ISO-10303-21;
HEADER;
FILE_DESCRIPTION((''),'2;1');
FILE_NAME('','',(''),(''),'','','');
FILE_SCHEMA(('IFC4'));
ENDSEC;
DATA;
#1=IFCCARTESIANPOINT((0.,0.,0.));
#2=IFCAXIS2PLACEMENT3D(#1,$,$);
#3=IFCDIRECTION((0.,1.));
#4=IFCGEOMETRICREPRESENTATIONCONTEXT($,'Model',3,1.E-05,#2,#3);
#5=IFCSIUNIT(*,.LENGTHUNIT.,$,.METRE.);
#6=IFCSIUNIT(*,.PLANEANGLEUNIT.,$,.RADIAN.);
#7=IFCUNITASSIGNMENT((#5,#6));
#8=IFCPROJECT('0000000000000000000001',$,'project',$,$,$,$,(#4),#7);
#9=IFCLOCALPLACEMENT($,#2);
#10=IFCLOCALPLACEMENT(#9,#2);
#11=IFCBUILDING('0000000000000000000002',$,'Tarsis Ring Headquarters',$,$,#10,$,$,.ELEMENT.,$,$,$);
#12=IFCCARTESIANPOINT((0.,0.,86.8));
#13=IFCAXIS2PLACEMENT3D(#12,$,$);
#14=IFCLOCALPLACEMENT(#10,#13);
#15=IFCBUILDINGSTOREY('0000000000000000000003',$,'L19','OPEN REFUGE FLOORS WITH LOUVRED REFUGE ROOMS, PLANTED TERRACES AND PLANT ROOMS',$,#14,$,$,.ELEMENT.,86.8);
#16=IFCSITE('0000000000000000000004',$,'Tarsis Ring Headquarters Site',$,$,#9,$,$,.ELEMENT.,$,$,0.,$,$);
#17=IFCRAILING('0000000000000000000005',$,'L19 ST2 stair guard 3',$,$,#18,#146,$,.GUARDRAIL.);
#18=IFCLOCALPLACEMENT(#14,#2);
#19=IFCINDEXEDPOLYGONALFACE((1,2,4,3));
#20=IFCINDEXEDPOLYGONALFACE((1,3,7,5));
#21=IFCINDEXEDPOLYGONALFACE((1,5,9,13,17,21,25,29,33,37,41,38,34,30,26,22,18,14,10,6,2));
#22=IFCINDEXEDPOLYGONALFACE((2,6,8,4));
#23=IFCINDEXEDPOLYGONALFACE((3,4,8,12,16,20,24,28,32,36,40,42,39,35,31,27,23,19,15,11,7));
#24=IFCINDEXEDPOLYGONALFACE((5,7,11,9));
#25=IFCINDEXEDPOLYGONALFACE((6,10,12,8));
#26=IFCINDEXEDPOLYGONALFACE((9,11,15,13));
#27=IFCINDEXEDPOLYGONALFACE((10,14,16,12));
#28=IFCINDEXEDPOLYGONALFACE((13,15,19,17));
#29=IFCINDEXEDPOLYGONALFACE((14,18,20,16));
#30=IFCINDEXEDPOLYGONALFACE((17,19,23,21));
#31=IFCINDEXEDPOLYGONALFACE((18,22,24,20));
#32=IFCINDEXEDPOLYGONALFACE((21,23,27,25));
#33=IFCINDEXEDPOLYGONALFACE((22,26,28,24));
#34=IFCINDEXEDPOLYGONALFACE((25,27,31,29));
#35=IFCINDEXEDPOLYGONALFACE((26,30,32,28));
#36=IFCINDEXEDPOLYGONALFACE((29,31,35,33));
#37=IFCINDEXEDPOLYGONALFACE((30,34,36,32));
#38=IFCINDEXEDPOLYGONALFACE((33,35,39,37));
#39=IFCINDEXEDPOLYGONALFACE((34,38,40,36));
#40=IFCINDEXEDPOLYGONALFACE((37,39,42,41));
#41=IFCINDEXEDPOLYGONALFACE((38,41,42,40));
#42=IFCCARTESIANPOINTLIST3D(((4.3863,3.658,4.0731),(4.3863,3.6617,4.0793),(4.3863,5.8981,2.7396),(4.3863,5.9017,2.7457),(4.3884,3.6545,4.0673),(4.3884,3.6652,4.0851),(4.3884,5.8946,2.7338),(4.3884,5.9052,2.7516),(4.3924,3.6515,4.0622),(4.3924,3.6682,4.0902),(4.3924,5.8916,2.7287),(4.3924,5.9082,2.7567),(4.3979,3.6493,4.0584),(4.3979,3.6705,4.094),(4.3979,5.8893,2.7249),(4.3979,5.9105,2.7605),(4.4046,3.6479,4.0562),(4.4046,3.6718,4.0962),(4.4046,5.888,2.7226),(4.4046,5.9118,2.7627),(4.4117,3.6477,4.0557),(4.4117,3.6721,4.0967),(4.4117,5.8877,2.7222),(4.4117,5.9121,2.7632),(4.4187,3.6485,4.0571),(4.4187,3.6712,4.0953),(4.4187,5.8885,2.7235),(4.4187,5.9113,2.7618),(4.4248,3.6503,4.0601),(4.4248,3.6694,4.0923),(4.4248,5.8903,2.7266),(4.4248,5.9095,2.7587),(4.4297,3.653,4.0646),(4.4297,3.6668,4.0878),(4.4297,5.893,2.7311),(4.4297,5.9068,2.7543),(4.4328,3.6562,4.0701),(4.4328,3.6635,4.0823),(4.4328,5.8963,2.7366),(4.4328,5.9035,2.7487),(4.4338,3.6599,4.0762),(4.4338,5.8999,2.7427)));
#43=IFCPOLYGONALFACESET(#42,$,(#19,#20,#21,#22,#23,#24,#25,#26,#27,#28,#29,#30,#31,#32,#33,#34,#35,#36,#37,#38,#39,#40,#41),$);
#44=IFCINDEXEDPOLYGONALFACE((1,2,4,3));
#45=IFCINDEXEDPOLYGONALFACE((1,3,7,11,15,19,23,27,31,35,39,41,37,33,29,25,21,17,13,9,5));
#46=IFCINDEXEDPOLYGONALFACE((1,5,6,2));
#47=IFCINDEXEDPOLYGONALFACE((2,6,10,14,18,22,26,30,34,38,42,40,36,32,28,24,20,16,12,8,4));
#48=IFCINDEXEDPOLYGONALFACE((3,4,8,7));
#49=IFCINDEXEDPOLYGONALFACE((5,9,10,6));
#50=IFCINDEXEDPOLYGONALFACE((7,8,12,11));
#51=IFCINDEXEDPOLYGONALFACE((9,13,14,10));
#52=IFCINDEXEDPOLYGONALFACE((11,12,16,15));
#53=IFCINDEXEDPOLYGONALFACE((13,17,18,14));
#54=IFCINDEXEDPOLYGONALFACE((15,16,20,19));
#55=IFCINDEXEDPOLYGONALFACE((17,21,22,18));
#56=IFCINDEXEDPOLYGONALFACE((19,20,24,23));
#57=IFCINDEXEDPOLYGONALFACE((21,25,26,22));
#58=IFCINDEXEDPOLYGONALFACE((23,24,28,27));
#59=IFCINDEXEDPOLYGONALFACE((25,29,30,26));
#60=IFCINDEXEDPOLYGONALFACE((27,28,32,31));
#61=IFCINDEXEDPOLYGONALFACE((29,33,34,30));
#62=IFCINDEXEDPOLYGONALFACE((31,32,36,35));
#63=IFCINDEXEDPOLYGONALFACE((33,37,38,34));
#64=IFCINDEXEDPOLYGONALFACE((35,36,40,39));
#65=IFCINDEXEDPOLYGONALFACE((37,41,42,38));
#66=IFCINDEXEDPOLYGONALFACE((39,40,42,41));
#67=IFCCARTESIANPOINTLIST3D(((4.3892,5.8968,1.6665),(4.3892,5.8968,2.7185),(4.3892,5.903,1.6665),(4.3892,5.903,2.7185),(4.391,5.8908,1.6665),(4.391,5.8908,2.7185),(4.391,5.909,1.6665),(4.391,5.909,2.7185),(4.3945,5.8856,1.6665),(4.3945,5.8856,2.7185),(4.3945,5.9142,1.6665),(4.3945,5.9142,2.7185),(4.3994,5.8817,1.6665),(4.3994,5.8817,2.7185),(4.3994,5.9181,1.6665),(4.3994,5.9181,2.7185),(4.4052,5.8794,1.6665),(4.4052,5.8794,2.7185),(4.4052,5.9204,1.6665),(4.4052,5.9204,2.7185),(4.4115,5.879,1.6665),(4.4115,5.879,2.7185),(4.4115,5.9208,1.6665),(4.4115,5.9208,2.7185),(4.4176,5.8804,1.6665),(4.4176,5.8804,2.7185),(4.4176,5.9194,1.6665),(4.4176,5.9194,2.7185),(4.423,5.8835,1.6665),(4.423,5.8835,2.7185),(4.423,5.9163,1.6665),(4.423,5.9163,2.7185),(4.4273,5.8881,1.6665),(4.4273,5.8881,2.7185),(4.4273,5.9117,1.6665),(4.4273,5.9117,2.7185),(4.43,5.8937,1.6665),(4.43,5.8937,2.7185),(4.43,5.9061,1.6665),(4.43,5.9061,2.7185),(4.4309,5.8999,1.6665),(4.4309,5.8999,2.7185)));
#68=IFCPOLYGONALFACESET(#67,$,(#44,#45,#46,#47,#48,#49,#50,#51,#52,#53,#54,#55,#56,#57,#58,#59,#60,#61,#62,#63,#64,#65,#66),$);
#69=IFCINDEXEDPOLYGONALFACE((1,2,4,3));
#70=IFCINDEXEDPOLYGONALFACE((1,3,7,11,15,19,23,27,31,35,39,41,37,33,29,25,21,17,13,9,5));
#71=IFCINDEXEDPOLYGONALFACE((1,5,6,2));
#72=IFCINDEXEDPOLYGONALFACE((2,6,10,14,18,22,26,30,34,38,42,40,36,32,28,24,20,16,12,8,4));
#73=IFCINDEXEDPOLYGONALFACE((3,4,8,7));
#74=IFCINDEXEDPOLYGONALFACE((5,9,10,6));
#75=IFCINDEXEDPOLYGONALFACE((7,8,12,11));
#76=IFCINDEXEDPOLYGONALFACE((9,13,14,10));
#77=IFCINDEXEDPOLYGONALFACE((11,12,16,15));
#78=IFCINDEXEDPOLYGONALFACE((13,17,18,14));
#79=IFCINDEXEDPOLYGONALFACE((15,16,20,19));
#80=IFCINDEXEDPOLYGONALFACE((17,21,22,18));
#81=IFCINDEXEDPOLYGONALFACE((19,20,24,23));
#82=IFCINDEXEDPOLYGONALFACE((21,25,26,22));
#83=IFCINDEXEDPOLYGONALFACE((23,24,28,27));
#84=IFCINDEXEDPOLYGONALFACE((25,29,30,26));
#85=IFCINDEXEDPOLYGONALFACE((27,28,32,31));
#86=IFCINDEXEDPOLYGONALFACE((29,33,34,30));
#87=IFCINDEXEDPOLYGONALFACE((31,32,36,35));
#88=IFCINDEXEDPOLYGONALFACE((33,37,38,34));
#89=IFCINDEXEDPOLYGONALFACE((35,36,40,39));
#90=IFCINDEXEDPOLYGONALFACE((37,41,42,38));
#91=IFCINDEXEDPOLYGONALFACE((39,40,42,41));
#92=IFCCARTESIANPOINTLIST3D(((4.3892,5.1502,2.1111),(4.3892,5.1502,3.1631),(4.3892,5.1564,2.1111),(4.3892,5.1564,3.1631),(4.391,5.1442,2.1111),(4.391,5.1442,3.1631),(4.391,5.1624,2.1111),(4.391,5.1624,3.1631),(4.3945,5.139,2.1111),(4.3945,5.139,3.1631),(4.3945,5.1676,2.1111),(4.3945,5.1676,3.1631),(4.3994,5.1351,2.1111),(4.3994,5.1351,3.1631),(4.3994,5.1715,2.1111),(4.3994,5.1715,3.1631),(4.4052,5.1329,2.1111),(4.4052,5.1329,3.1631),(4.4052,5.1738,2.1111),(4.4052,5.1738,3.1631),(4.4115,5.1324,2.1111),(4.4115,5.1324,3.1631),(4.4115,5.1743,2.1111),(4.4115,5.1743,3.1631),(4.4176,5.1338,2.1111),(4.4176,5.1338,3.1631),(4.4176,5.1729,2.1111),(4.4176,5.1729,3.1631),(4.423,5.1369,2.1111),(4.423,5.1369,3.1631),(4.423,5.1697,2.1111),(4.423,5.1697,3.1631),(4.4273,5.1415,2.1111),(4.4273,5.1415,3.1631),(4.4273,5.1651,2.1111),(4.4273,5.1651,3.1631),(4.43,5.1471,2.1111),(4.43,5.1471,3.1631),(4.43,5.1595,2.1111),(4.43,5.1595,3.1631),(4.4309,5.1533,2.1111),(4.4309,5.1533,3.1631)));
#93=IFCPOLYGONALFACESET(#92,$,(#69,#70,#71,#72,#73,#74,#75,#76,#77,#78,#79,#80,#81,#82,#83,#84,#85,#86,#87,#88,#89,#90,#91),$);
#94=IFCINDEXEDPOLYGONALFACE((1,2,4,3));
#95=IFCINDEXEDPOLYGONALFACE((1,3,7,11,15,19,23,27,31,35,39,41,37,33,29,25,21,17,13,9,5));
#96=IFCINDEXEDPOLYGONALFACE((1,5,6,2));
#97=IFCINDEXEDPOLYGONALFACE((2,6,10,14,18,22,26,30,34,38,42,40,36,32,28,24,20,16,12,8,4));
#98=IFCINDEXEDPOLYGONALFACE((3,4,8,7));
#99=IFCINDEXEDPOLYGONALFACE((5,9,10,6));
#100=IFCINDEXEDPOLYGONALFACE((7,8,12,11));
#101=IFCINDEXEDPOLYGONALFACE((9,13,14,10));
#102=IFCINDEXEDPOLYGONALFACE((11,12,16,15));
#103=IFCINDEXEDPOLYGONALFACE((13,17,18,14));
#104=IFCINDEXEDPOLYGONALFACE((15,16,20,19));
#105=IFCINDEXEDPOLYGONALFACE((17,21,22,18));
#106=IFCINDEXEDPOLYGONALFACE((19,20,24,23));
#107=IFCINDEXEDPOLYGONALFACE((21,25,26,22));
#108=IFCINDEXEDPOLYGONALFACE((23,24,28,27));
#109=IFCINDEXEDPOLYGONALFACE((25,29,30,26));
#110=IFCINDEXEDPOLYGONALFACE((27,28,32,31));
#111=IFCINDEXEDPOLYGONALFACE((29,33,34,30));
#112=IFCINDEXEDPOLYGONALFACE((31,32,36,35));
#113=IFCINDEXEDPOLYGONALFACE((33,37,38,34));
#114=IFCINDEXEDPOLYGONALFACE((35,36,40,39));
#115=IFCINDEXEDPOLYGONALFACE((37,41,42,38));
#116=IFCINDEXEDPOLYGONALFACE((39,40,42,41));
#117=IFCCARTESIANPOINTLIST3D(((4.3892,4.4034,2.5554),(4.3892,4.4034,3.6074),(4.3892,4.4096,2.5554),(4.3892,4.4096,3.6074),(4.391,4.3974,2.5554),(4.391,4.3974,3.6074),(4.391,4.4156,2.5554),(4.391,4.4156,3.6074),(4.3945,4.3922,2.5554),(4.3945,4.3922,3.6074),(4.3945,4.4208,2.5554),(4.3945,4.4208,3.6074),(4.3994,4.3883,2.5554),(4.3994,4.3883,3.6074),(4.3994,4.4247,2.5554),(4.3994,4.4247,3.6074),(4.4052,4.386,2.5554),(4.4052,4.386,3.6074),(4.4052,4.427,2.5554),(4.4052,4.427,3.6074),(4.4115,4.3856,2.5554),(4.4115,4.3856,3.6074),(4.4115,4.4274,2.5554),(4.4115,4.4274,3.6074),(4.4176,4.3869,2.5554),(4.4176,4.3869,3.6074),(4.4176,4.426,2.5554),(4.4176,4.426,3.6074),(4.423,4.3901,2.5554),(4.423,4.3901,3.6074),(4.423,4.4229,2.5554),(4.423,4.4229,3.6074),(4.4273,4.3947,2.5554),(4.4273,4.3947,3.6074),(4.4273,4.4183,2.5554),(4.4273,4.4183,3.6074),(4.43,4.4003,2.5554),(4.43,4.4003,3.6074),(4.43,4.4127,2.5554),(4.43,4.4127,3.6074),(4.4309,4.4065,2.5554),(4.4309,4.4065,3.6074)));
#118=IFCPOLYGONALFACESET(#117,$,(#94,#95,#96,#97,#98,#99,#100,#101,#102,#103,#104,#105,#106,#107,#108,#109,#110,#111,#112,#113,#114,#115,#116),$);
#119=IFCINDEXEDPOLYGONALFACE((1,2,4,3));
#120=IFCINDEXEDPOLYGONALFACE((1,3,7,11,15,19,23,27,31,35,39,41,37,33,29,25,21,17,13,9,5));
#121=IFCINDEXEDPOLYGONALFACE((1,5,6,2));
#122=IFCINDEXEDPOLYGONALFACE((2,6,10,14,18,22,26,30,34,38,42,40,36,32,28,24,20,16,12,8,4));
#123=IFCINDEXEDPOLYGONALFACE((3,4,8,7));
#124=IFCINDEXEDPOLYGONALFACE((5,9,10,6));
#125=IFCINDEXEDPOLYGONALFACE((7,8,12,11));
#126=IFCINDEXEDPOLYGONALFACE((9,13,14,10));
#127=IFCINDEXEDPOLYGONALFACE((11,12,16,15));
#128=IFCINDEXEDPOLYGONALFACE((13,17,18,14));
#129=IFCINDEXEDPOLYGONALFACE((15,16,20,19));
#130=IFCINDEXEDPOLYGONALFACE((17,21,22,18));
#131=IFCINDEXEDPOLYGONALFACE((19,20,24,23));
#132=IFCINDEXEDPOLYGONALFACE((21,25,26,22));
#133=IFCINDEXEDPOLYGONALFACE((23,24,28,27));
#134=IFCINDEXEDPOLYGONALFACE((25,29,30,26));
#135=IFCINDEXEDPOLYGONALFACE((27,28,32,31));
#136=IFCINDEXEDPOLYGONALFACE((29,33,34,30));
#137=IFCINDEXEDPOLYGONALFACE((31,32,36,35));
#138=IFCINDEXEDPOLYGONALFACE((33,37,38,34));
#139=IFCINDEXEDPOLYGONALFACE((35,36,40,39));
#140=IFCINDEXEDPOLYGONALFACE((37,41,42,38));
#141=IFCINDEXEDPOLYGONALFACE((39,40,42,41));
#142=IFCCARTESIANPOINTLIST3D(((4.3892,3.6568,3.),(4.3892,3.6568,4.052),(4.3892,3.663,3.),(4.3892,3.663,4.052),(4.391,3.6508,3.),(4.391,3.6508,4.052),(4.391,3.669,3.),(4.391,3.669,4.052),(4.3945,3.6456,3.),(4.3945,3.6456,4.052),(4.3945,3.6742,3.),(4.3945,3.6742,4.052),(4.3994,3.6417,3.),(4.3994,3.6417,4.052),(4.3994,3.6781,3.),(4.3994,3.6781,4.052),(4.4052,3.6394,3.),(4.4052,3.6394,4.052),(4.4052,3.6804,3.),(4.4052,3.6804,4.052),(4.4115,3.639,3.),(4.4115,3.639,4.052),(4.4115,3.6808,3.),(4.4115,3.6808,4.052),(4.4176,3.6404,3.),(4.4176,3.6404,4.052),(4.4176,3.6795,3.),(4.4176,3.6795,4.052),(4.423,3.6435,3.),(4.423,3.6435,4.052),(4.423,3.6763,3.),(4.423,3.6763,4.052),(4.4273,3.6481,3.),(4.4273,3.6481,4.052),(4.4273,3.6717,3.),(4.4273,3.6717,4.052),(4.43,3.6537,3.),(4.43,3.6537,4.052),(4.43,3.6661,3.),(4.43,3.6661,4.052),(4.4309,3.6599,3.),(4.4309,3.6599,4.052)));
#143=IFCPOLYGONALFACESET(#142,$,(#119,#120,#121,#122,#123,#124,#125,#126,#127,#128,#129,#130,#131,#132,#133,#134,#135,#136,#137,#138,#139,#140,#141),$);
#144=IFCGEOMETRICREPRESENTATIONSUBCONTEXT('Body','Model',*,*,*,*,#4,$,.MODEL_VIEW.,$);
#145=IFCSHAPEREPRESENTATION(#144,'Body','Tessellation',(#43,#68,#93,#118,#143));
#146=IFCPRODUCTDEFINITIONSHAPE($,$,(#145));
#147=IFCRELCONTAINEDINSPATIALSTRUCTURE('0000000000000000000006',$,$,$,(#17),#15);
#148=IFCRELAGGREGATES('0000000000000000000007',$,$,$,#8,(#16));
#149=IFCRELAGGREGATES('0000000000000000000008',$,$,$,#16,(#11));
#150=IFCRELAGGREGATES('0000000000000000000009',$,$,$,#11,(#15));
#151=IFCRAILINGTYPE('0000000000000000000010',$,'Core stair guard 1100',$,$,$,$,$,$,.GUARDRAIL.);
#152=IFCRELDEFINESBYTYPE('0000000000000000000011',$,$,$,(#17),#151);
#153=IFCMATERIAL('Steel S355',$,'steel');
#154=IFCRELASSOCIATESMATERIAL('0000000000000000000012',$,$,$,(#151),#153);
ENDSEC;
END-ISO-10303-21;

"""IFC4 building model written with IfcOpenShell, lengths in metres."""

from ifc_helpers import new_model, si_unit, direction, frame, origin, origin_2d, place, context, subcontext, project, spatial, circle, extrude, material, type_object, element, save


model = new_model("IFC4")

# Units and contexts
model_context = context("Model", 3, precision=1e-05, world=origin(), true_north=direction((0.0, 1.0)))
body_context = subcontext(model_context, "Body", "Model", "MODEL_VIEW")
ifc_project = project(units=[si_unit("LENGTHUNIT", "METRE"), si_unit("PLANEANGLEUNIT", "RADIAN")], contexts=[model_context])

# Site, building, storey
site_placement = place(None, origin())
site = spatial("IfcSite", under=ifc_project, at=site_placement, Name="Tarsis Ring Headquarters Site", CompositionType="ELEMENT", RefElevation=0.0)
building_placement = place(site_placement, origin())
building = spatial("IfcBuilding", under=site, at=building_placement, Name="Tarsis Ring Headquarters", CompositionType="ELEMENT")
storey_placement = place(building_placement, frame((0.0, 0.0, 86.8)))
storey = spatial("IfcBuildingStorey", under=building, at=storey_placement, Name="L19", Description="OPEN REFUGE FLOORS WITH LOUVRED REFUGE ROOMS, PLANTED TERRACES AND PLANT ROOMS", CompositionType="ELEMENT", Elevation=86.8)

# Railing
ifc_material_1 = material(Name="Steel S355", Category="steel")
railing_type_1 = type_object("IfcRailingType", Name="Core stair guard 1100", PredefinedType="GUARDRAIL", material=ifc_material_1)
railing_1_placement = place(storey_placement, frame((4.4099, 5.8999, 1.6665)))
element("IfcRailing", 1, at=railing_1_placement, inside=storey, type_object=railing_type_1, Name="L19 ST2 stair guard 3", PredefinedType="GUARDRAIL", context=body_context, shape_type="SweptSolid", body=[
    extrude(circle(Radius=0.0239, at=origin_2d()), frame((0.0, 0.0, 1.0762), z_axis=(0.0, -0.859264, 0.511532), x_axis=(1.0, 0.0, 0.0)), (0.0, 0.0, 1.0), 2.6069),
    extrude(circle(Radius=0.021, at=origin_2d()), origin(), (0.0, 0.0, 1.0), 1.052),
    extrude(circle(Radius=0.021, at=origin_2d()), frame((0.0, -0.7466, 0.4446)), (0.0, 0.0, 1.0), 1.052),
    extrude(circle(Radius=0.021, at=origin_2d()), frame((0.0, -1.4934, 0.8889)), (0.0, 0.0, 1.0), 1.052),
    extrude(circle(Radius=0.021, at=origin_2d()), frame((0.0, -2.24, 1.3335)), (0.0, 0.0, 1.0), 1.052),
])

save(model, "model.ifc")
